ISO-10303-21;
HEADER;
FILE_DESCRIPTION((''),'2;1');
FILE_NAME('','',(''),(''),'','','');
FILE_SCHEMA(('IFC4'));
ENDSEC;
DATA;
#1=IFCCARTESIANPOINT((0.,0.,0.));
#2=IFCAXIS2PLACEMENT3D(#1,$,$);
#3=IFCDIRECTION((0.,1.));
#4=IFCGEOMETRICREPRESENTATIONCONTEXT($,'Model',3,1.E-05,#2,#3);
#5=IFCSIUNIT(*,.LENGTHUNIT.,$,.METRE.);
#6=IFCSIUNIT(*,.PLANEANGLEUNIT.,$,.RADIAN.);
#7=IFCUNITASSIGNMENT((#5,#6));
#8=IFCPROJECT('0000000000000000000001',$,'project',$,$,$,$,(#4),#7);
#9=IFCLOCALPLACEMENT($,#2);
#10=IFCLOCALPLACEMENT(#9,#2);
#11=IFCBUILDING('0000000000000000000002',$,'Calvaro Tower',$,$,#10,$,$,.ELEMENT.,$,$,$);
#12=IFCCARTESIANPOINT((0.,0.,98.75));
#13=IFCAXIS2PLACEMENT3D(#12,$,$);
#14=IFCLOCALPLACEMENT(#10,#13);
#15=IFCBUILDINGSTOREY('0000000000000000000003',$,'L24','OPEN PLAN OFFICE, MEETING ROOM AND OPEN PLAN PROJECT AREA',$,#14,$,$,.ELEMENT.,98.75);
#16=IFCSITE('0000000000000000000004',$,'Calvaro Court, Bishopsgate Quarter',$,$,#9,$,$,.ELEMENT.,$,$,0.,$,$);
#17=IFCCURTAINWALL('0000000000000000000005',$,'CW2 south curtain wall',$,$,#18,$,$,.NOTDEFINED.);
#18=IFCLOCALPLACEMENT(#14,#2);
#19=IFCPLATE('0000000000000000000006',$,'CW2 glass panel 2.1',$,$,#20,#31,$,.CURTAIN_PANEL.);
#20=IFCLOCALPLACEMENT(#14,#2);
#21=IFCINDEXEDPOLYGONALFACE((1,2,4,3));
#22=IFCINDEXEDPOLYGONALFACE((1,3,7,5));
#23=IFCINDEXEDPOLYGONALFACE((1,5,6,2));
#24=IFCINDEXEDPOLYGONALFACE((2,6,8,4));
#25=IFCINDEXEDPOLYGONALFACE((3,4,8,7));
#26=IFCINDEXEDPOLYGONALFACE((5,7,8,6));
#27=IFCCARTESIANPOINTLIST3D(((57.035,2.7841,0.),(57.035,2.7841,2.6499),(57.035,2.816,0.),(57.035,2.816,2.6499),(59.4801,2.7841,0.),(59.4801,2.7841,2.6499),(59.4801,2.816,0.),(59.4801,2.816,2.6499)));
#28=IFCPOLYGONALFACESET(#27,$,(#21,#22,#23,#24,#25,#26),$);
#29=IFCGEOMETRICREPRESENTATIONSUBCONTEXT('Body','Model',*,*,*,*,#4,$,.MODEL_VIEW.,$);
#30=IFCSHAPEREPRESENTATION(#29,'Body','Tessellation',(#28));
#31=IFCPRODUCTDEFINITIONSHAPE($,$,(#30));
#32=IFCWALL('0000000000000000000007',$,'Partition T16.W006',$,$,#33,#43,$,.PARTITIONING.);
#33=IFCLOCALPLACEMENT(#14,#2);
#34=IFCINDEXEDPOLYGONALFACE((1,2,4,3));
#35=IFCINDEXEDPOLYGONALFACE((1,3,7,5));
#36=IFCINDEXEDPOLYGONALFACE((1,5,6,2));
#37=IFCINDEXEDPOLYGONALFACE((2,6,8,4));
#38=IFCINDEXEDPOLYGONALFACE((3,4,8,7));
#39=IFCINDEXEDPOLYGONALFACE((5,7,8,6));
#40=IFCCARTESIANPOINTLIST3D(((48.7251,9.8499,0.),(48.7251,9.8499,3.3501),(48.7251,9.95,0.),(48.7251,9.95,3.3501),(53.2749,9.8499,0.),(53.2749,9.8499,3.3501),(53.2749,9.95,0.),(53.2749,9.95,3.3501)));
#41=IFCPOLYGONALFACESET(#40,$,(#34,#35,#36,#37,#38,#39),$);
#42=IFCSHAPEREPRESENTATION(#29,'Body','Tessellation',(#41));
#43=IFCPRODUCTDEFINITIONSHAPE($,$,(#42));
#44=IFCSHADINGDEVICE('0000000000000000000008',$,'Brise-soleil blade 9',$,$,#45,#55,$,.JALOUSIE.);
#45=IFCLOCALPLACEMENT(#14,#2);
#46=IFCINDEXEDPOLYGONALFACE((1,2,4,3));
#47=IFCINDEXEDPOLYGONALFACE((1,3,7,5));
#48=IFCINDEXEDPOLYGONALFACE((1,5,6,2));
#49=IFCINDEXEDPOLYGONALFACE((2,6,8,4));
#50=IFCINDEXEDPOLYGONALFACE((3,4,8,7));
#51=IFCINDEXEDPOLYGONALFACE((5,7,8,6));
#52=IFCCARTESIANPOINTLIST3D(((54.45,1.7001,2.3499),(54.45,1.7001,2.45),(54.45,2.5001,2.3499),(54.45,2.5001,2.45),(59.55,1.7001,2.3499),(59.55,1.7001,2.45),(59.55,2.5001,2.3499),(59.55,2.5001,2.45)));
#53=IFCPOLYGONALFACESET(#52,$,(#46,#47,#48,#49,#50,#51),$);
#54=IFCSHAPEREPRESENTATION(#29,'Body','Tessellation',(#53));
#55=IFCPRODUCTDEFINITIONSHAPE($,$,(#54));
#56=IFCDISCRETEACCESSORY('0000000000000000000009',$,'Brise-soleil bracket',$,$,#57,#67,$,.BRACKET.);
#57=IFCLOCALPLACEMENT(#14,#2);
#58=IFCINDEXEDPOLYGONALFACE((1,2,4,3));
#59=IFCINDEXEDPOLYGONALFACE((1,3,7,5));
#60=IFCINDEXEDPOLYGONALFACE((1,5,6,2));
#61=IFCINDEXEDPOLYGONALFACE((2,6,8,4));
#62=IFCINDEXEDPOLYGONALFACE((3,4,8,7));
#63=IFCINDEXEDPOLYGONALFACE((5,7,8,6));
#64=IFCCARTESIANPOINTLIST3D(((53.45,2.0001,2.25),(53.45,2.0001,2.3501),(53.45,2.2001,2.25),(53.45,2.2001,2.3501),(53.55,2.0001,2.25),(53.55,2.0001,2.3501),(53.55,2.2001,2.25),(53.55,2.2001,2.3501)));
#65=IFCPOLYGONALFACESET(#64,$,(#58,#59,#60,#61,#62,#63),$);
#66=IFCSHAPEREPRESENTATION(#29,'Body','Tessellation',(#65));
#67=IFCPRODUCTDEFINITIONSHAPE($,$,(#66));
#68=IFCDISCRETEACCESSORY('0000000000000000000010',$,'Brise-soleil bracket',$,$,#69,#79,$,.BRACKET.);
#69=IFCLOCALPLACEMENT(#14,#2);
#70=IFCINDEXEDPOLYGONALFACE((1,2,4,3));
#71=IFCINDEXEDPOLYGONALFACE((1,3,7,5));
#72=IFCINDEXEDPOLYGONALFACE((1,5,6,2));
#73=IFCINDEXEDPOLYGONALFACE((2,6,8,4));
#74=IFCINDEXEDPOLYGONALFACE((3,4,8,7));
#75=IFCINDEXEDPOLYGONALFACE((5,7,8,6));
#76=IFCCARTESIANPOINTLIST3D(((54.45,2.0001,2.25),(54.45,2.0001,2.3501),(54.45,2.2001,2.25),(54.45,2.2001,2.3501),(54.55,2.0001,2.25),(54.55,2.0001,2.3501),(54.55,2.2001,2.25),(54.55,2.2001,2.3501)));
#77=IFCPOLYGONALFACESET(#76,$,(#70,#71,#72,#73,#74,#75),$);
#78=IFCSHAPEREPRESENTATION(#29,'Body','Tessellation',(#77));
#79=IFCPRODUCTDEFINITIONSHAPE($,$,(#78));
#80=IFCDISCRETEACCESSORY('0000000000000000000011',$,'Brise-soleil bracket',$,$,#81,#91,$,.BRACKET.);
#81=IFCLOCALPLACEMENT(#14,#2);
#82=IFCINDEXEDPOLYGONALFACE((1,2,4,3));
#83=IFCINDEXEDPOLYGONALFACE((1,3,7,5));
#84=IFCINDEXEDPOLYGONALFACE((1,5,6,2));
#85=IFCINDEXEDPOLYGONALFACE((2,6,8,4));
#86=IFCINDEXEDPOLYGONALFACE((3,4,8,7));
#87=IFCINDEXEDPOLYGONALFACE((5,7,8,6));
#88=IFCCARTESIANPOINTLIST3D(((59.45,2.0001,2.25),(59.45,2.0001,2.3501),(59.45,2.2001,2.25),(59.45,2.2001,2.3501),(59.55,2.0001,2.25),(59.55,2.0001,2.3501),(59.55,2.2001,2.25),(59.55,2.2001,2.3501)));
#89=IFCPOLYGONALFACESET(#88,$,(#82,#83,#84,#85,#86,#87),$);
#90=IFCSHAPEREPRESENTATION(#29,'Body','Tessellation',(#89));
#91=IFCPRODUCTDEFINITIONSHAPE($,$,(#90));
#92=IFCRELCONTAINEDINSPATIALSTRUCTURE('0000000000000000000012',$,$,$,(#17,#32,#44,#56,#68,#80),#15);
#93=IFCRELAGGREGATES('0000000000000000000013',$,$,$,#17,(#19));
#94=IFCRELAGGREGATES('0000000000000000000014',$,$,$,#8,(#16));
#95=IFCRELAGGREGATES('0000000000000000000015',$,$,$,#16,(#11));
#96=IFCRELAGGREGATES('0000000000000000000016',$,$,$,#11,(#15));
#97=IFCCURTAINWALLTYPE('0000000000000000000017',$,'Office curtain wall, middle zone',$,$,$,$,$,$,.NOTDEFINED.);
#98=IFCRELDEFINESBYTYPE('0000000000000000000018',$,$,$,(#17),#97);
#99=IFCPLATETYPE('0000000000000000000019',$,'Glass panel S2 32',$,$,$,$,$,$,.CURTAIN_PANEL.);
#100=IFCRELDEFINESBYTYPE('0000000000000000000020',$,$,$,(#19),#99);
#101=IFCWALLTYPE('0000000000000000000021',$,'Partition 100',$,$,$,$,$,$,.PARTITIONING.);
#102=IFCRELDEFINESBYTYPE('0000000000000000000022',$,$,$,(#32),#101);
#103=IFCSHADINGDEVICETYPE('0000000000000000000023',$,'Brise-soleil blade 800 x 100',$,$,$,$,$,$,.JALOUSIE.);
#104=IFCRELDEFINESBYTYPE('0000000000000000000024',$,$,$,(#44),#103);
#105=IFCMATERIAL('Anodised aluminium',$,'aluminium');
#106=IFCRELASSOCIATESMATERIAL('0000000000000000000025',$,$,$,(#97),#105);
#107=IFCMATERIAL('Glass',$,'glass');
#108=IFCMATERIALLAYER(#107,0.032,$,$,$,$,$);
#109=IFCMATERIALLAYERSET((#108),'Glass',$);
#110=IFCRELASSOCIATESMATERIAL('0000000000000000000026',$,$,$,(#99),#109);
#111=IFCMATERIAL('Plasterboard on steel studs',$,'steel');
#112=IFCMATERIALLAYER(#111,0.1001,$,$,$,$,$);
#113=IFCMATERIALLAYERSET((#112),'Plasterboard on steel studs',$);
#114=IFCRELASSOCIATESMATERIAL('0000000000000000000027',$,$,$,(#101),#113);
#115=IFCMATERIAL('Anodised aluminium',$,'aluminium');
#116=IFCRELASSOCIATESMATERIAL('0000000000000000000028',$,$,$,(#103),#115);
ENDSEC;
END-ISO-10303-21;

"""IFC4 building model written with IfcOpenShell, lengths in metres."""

from ifc_helpers import new_model, si_unit, direction, frame, frame_2d, origin, origin_2d, place, context, subcontext, project, spatial, rectangle, extrude, material, layer, layer_set, material_profile, profile_set, type_object, element, aggregate, save


model = new_model("IFC4")

# Units and contexts
model_context = context("Model", 3, precision=1e-05, world=origin(), true_north=direction((0.0, 1.0)))
body_context = subcontext(model_context, "Body", "Model", "MODEL_VIEW")
ifc_project = project(units=[si_unit("LENGTHUNIT", "METRE"), si_unit("PLANEANGLEUNIT", "RADIAN")], contexts=[model_context])

# Site, building, storey
site_placement = place(None, origin())
site = spatial("IfcSite", under=ifc_project, at=site_placement, Name="Calvaro Court, Bishopsgate Quarter", CompositionType="ELEMENT", RefElevation=0.0)
building_placement = place(site_placement, origin())
building = spatial("IfcBuilding", under=site, at=building_placement, Name="Calvaro Tower", CompositionType="ELEMENT")
storey_placement = place(building_placement, frame((0.0, 0.0, 98.75)))
storey = spatial("IfcBuildingStorey", under=building, at=storey_placement, Name="L24", Description="OPEN PLAN OFFICE, MEETING ROOM AND OPEN PLAN PROJECT AREA", CompositionType="ELEMENT", Elevation=98.75)

# Curtain wall
ifc_material_1 = material(Name="Anodised aluminium", Category="aluminium")
curtain_wall_type = type_object("IfcCurtainWallType", Name="Office curtain wall, middle zone", PredefinedType="NOTDEFINED", material=ifc_material_1)
curtain_wall_1_placement = place(storey_placement, origin())
curtain_wall_1 = element("IfcCurtainWall", 1, at=curtain_wall_1_placement, inside=storey, type_object=curtain_wall_type, Name="CW2 south curtain wall", PredefinedType="NOTDEFINED")

# Plate
ifc_material_2 = material(Name="Glass", Category="glass")
ifc_layer_1 = layer(ifc_material_2, 0.032)
ifc_layer_set_1 = layer_set([ifc_layer_1], Name="Glass")
plate_type = type_object("IfcPlateType", Name="Glass panel S2 32", PredefinedType="CURTAIN_PANEL", material=ifc_layer_set_1)
plate_1_placement = place(storey_placement, frame((58.2576, 2.8, 0.0), z_axis=(0.0, 0.0, 1.0), x_axis=(1.0, 0.0, 0.0)))
plate_1 = element("IfcPlate", 2, at=plate_1_placement, type_object=plate_type, Name="CW2 glass panel 2.1", PredefinedType="CURTAIN_PANEL", context=body_context, shape_type="SweptSolid", body=[
    extrude(rectangle(XDim=2.4451, YDim=0.032, at=origin_2d()), origin(), (0.0, 0.0, 1.0), 2.6499),
])
aggregate(curtain_wall_1, [plate_1])

# Wall
ifc_material_3 = material(Name="Plasterboard on steel studs", Category="steel")
ifc_layer_2 = layer(ifc_material_3, 0.1001)
ifc_layer_set_2 = layer_set([ifc_layer_2], Name="Plasterboard on steel studs")
wall_type = type_object("IfcWallType", Name="Partition 100", PredefinedType="PARTITIONING", material=ifc_layer_set_2)
wall_placement = place(storey_placement, frame((48.7251, 9.8999, 0.0), z_axis=(0.0, 0.0, 1.0), x_axis=(1.0, 0.0, 0.0)))
element("IfcWall", 3, at=wall_placement, inside=storey, type_object=wall_type, Name="Partition T16.W006", PredefinedType="PARTITIONING", context=body_context, shape_type="SweptSolid", body=[
    extrude(rectangle(XDim=4.5498, YDim=0.1001, at=frame_2d((2.2749, 0.0))), origin(), (0.0, 0.0, 1.0), 3.3501),
])

# Shading device
ifc_material_4 = material(Name="Anodised aluminium", Category="aluminium")
ifc_material_profile_1 = material_profile(ifc_material_4, rectangle(XDim=0.8, YDim=0.1001, at=origin_2d()), Name="Brise-soleil blade 800 x 100")
ifc_profile_set_1 = profile_set([ifc_material_profile_1], Name="Anodised aluminium")
shading_device_type = type_object("IfcShadingDeviceType", Name="Brise-soleil blade 800 x 100", PredefinedType="JALOUSIE", material=ifc_profile_set_1)
shading_device_placement = place(storey_placement, frame((54.45, 2.1001, 2.3999), z_axis=(1.0, 0.0, 0.0), x_axis=(0.0, 1.0, 0.0)))
element("IfcShadingDevice", 4, at=shading_device_placement, inside=storey, type_object=shading_device_type, Name="Brise-soleil blade 9", PredefinedType="JALOUSIE", context=body_context, shape_type="SweptSolid", body=[
    extrude(rectangle(XDim=0.8, YDim=0.1001, at=origin_2d()), origin(), (0.0, 0.0, 1.0), 5.1001),
])

# Discrete accessories
for number, where, z_axis, x_axis, name in (
    (5, (53.5, 2.1001, 2.25), (0.0, 0.0, 1.0), (1.0, 0.0, 0.0), "Brise-soleil bracket"),
    (6, (54.5, 2.1001, 2.25), (0.0, 0.0, 1.0), (1.0, 0.0, 0.0), "Brise-soleil bracket"),
    (7, (59.5, 2.1001, 2.25), (0.0, 0.0, 1.0), (1.0, 0.0, 0.0), "Brise-soleil bracket"),
):
    element("IfcDiscreteAccessory", number, at=place(storey_placement, frame(where, z_axis=z_axis, x_axis=x_axis)), inside=storey, Name=name, PredefinedType="BRACKET", context=body_context, shape_type="SweptSolid", body=[
        extrude(rectangle(XDim=0.1001, YDim=0.2, at=origin_2d()), origin(), (0.0, 0.0, 1.0), 0.1001),
    ])

save(model, "model.ifc")
